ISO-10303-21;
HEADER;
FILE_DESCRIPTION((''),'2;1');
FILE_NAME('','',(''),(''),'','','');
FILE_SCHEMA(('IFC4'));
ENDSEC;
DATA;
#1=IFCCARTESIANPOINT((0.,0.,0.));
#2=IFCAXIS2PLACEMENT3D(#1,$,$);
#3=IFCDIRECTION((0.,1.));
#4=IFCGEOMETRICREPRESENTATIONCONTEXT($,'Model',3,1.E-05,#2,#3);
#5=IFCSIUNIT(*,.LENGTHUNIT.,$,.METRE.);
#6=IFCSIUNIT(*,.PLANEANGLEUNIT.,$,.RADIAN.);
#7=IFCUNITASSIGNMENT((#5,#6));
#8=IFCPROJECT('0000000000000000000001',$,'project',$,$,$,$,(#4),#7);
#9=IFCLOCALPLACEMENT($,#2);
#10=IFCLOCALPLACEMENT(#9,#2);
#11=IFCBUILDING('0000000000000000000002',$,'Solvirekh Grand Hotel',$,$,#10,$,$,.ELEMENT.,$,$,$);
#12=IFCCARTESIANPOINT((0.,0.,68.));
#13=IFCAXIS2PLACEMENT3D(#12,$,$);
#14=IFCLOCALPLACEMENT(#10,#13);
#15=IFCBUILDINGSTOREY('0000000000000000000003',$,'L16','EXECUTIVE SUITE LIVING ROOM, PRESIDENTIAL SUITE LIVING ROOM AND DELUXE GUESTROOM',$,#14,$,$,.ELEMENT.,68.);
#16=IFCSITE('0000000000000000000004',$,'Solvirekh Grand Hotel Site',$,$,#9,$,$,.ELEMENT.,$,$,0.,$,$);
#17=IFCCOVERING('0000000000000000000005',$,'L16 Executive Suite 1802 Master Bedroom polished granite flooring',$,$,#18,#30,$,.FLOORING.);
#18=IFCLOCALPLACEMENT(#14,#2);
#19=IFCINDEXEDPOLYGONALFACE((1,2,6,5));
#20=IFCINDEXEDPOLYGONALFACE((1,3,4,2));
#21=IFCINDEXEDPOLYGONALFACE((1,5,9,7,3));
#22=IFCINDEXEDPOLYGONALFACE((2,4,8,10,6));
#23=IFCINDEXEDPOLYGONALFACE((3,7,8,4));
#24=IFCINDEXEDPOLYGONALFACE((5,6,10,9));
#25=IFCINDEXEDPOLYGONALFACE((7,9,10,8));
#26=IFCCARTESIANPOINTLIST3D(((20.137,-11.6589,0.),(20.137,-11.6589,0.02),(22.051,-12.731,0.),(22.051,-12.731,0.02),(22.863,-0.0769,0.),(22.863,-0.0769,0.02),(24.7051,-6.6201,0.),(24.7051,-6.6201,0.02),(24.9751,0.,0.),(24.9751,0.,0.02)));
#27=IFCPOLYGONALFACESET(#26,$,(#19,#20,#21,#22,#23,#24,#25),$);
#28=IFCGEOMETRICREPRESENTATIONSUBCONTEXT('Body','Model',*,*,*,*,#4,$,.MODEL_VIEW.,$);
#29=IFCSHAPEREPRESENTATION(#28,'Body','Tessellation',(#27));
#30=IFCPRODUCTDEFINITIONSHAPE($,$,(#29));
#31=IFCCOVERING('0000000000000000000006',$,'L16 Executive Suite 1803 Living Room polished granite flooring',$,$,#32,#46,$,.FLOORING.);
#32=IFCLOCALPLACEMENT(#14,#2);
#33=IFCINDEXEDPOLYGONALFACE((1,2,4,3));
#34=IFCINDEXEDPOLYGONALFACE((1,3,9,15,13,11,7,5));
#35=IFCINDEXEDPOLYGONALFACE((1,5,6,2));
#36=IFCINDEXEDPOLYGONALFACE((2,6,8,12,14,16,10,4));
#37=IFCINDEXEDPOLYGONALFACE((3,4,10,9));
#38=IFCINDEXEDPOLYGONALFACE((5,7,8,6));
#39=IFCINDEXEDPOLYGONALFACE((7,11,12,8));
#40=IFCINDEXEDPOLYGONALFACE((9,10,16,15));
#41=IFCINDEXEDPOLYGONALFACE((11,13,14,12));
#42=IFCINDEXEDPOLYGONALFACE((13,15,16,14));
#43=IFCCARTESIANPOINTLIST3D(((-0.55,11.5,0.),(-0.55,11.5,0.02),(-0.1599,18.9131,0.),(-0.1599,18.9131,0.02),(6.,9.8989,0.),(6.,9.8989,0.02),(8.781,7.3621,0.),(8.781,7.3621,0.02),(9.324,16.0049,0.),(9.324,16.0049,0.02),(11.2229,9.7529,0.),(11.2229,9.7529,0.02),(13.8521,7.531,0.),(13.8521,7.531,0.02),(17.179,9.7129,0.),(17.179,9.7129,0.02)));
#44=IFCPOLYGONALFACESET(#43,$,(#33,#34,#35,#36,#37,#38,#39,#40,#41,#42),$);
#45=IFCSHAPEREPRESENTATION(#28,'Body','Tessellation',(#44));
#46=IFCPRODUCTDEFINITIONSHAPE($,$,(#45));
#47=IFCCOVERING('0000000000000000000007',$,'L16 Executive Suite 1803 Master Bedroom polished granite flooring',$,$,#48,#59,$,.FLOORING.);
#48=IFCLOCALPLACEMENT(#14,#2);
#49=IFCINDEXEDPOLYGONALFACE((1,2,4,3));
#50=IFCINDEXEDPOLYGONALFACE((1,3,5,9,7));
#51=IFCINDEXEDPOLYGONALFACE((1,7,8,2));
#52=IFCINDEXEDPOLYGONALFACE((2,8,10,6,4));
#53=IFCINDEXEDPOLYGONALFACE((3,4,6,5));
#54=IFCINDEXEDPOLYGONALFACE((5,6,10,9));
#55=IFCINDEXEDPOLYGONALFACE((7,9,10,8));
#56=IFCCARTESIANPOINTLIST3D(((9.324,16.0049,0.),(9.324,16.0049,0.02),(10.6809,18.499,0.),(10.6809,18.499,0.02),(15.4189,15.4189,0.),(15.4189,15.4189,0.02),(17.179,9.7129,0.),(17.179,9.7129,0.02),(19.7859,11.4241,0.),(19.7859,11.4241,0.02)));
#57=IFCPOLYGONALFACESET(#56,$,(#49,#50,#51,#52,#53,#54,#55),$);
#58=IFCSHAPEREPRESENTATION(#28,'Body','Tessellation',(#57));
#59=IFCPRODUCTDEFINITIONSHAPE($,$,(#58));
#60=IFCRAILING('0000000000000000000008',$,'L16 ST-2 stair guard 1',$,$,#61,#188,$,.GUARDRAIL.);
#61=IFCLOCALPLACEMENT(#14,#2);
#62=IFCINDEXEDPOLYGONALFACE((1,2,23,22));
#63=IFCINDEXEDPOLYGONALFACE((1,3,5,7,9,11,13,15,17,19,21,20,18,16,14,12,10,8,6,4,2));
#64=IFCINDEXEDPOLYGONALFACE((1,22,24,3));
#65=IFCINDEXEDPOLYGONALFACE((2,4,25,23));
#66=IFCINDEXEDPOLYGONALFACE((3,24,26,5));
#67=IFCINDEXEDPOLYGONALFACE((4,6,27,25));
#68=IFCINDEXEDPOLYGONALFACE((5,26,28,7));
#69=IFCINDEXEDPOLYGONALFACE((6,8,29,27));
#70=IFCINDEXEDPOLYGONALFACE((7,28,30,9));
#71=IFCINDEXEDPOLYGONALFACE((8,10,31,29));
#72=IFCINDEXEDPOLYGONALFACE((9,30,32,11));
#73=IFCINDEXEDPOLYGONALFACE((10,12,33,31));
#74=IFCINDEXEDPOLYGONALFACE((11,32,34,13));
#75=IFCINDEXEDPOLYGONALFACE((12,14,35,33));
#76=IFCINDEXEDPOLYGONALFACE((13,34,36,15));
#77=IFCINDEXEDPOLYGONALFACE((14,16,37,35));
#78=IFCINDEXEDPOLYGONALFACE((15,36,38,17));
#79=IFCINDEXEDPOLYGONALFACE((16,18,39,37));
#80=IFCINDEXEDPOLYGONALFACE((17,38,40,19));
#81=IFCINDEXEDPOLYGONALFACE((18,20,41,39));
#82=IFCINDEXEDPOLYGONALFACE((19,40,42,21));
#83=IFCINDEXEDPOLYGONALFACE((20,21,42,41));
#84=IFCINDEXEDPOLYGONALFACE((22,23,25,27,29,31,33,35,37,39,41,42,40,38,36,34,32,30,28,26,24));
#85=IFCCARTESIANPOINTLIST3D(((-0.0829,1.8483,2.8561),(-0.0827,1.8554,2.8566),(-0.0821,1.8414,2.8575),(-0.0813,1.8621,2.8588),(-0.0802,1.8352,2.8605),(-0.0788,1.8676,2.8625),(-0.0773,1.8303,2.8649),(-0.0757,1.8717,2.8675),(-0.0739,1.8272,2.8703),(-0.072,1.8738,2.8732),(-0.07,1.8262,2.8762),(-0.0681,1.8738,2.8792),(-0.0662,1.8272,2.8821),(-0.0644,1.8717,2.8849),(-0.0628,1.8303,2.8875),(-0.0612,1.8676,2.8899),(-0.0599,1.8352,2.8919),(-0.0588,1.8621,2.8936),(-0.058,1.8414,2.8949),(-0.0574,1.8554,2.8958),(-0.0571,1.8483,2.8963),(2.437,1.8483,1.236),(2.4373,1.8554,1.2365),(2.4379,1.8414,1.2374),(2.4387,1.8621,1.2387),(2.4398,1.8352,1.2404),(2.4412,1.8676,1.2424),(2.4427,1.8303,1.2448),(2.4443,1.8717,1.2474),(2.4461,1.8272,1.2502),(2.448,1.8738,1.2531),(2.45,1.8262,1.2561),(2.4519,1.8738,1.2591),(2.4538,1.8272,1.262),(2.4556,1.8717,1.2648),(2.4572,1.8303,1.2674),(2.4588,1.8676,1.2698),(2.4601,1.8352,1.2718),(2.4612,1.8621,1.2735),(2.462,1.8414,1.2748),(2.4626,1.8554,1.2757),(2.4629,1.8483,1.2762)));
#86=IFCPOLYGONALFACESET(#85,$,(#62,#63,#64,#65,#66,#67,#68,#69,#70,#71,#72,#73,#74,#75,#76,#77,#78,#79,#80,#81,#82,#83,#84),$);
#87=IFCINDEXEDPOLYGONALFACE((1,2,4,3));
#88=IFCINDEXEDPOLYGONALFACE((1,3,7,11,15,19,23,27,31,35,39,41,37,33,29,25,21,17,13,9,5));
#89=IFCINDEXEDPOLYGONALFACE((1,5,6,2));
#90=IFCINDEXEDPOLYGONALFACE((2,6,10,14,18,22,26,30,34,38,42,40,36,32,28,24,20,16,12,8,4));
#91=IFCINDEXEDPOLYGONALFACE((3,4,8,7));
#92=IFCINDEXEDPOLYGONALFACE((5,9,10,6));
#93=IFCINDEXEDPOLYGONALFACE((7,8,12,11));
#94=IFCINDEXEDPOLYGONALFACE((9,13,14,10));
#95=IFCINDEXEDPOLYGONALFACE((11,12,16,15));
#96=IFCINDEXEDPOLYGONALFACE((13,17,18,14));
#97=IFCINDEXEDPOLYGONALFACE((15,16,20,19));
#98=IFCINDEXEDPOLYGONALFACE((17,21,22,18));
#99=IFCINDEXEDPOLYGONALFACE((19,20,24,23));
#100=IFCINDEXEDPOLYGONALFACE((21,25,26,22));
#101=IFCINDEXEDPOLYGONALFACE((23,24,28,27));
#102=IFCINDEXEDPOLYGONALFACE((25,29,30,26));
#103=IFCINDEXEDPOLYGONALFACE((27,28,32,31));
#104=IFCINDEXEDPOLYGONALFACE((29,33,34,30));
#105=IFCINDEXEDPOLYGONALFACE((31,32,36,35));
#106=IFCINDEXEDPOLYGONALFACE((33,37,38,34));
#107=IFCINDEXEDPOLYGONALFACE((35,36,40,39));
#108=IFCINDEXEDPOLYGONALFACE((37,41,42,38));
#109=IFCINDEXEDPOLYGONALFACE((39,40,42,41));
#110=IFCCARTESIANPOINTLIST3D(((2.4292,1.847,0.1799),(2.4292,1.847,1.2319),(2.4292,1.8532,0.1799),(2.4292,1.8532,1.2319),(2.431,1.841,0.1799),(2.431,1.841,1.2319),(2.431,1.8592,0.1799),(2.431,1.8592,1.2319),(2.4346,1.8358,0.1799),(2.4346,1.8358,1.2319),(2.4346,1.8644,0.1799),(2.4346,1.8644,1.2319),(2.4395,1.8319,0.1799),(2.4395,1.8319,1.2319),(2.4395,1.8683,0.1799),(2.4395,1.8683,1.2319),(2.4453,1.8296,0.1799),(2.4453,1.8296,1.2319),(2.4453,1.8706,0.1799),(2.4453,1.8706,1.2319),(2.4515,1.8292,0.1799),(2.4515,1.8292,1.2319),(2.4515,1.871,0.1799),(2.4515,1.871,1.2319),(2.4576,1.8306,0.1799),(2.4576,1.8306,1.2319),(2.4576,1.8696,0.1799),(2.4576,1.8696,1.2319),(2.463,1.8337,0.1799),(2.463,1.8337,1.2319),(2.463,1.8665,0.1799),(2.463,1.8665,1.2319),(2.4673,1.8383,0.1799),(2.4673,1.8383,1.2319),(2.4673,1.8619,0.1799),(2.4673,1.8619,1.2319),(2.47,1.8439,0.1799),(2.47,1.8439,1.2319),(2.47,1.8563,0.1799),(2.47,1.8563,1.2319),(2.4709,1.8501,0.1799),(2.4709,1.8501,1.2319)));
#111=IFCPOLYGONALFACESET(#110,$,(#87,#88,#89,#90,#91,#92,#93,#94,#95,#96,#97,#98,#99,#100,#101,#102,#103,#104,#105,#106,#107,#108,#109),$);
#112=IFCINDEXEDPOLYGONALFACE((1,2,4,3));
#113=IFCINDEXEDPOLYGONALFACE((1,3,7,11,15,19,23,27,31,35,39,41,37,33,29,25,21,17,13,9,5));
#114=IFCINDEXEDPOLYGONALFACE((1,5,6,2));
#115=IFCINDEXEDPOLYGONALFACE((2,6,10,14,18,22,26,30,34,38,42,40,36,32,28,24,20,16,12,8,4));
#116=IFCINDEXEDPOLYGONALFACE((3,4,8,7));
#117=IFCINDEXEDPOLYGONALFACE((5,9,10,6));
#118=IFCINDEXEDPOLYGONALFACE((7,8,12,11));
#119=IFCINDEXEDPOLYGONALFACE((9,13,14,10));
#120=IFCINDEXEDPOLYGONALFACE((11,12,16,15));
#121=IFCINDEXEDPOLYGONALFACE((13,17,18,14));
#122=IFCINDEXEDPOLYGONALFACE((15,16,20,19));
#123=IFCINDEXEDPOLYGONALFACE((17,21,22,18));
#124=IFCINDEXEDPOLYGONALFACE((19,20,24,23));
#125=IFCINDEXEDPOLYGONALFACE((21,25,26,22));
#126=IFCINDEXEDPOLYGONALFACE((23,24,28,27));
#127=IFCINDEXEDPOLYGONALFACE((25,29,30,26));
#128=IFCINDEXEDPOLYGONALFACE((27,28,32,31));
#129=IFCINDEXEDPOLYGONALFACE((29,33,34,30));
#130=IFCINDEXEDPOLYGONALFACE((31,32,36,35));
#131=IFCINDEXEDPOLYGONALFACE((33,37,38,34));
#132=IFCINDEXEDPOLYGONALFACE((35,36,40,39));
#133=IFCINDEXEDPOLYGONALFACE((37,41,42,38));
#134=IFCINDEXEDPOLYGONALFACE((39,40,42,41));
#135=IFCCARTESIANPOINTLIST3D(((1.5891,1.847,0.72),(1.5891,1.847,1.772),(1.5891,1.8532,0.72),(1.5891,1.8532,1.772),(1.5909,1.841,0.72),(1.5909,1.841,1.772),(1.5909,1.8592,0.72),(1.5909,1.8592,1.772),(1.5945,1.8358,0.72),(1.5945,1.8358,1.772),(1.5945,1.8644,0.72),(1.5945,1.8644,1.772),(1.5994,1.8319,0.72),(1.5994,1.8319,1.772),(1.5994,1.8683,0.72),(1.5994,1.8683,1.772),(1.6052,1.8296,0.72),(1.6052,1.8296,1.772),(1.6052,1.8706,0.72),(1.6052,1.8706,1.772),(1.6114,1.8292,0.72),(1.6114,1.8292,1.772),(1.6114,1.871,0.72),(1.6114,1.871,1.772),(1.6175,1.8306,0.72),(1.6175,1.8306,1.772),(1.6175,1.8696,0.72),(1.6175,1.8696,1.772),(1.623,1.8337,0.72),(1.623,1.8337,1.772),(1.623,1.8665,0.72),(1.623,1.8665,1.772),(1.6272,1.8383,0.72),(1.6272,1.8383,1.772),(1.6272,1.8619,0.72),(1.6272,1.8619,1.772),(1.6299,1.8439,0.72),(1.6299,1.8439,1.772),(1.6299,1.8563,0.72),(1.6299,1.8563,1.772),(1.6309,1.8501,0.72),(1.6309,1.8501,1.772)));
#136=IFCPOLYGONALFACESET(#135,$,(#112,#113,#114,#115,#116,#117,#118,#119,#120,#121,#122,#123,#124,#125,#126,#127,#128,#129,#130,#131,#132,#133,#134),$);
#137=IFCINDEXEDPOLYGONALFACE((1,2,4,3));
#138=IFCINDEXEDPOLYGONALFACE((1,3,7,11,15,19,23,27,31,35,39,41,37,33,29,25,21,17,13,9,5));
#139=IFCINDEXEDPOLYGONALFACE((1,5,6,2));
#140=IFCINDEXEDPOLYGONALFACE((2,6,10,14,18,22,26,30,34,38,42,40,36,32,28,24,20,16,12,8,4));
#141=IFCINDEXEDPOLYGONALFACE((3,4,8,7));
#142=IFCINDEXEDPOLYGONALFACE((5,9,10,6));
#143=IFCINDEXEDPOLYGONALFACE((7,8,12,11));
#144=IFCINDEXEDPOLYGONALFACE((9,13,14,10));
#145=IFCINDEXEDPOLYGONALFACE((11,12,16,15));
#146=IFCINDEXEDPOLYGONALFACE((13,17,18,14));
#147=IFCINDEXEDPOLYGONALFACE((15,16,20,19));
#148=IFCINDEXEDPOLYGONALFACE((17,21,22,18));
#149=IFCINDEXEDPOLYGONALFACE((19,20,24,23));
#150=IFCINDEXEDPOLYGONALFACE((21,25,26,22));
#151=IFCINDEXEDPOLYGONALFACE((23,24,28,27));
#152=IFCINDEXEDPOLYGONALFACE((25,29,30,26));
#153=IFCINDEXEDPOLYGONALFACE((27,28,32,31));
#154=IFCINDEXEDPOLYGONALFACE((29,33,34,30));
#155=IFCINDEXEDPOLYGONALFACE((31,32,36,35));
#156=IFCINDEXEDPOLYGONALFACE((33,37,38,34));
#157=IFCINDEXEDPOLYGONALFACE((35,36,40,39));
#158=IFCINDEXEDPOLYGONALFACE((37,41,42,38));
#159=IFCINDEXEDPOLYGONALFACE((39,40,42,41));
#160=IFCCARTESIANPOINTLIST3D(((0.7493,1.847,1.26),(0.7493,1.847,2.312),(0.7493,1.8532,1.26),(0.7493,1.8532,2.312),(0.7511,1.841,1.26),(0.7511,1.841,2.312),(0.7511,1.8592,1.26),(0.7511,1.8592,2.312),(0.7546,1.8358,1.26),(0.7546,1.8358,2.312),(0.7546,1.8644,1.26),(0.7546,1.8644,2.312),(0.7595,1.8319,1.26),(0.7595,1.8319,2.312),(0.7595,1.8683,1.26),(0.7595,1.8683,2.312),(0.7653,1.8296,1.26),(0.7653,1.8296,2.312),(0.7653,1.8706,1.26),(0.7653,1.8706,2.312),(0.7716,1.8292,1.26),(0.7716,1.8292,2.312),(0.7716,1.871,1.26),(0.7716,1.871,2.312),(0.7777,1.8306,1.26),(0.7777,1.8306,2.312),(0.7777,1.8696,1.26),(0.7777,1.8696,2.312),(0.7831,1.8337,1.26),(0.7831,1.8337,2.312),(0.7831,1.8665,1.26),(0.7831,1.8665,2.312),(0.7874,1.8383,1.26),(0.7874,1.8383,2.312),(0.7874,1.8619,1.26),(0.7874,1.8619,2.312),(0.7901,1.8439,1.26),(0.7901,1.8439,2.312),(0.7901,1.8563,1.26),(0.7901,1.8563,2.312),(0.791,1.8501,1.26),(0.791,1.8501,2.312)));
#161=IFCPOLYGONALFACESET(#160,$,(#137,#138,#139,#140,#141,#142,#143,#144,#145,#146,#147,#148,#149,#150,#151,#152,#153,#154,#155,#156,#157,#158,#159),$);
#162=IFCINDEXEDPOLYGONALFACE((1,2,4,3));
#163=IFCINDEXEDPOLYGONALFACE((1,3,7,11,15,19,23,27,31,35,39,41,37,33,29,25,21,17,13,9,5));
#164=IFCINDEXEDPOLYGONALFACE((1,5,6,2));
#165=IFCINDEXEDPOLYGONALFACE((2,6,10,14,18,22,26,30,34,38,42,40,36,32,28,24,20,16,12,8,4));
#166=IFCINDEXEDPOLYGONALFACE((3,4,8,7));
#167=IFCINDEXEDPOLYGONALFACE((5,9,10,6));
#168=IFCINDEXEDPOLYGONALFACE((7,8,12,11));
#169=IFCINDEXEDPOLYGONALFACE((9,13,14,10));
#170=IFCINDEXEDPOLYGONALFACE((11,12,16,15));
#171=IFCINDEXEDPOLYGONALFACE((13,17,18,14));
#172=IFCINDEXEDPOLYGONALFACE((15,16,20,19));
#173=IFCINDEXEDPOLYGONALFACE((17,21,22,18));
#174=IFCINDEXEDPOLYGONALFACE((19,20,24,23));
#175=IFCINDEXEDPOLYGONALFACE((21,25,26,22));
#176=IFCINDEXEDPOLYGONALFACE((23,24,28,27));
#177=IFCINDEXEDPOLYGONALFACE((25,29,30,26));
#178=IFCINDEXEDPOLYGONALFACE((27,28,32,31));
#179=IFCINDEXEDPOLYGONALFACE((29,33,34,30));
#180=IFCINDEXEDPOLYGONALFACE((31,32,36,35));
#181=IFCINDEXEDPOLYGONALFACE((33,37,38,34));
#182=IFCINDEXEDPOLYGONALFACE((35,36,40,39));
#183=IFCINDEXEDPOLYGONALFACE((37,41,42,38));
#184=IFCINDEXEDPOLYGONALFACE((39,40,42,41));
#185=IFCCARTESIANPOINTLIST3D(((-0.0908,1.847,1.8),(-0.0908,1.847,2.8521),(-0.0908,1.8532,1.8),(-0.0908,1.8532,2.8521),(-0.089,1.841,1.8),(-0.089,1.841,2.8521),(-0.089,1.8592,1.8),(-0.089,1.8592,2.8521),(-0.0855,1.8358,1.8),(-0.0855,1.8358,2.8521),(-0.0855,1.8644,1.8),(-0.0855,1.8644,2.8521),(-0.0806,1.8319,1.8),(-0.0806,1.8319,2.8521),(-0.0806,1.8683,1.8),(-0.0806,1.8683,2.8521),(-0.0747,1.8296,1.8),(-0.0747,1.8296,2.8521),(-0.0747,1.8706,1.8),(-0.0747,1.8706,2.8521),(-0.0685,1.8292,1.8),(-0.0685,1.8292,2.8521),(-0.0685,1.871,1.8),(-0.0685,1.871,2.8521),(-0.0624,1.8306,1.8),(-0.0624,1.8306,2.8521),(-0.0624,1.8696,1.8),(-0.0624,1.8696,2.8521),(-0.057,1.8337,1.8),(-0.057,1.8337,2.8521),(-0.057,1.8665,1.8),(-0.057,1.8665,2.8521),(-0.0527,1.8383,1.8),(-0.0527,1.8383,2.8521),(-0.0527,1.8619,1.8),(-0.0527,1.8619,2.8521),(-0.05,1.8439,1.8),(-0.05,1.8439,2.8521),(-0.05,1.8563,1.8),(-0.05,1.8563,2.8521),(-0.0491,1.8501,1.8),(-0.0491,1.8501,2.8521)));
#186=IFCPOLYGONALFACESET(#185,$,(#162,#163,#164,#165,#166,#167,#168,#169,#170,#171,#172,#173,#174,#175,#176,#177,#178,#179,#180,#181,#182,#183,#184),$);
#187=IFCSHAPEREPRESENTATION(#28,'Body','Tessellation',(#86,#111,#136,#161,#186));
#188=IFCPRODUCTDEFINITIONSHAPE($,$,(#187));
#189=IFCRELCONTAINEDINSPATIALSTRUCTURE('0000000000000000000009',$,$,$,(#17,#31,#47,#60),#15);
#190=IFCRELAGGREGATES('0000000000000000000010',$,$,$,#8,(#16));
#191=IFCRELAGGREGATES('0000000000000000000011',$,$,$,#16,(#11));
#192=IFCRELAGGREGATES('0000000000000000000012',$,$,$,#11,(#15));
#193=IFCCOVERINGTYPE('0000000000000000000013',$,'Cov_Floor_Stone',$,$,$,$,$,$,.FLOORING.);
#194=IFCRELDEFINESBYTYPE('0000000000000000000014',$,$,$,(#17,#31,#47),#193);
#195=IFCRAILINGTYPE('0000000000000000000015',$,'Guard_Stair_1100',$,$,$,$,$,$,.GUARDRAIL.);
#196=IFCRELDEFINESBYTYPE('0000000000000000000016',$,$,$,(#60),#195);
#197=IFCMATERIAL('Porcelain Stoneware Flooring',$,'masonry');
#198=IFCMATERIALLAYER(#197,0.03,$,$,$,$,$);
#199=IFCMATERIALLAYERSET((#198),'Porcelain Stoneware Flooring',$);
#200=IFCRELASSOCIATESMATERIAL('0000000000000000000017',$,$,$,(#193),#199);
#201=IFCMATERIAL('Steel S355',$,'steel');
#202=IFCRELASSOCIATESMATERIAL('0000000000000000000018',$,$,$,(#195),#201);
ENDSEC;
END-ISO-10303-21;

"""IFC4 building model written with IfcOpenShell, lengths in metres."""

from ifc_helpers import new_model, si_unit, direction, frame, origin, origin_2d, place, context, subcontext, project, spatial, polyline, circle, outline, extrude, material, layer, layer_set, type_object, element, save


model = new_model("IFC4")

# Units and contexts
model_context = context("Model", 3, precision=1e-05, world=origin(), true_north=direction((0.0, 1.0)))
body_context = subcontext(model_context, "Body", "Model", "MODEL_VIEW")
ifc_project = project(units=[si_unit("LENGTHUNIT", "METRE"), si_unit("PLANEANGLEUNIT", "RADIAN")], contexts=[model_context])

# Site, building, storey
site_placement = place(None, origin())
site = spatial("IfcSite", under=ifc_project, at=site_placement, Name="Solvirekh Grand Hotel Site", CompositionType="ELEMENT", RefElevation=0.0)
building_placement = place(site_placement, origin())
building = spatial("IfcBuilding", under=site, at=building_placement, Name="Solvirekh Grand Hotel", CompositionType="ELEMENT")
storey_placement = place(building_placement, frame((0.0, 0.0, 68.0)))
storey = spatial("IfcBuildingStorey", under=building, at=storey_placement, Name="L16", Description="EXECUTIVE SUITE LIVING ROOM, PRESIDENTIAL SUITE LIVING ROOM AND DELUXE GUESTROOM", CompositionType="ELEMENT", Elevation=68.0)

# Shared definitions
ifc_material_1 = material(Name="Steel S355", Category="steel")

# Coverings
ifc_material_2 = material(Name="Porcelain Stoneware Flooring", Category="masonry")
ifc_layer_1 = layer(ifc_material_2, 0.03)
ifc_layer_set_1 = layer_set([ifc_layer_1], Name="Porcelain Stoneware Flooring")
covering_type_1 = type_object("IfcCoveringType", Name="Cov_Floor_Stone", PredefinedType="FLOORING", material=ifc_layer_set_1)
covering_1_placement = place(storey_placement, origin())
element("IfcCovering", 1, at=covering_1_placement, inside=storey, type_object=covering_type_1, Name="L16 Executive Suite 1802 Master Bedroom polished granite flooring", PredefinedType="FLOORING", context=body_context, shape_type="SweptSolid", body=[
    extrude(outline(polyline([(22.051, -12.731), (24.7051, -6.6201), (24.9751, 0.0), (22.863, -0.0769), (20.137, -11.6589), (22.051, -12.731)])), origin(), (0.0, 0.0, 1.0), 0.02),
])
covering_2_placement = place(storey_placement, origin())
element("IfcCovering", 2, at=covering_2_placement, inside=storey, type_object=covering_type_1, Name="L16 Executive Suite 1803 Living Room polished granite flooring", PredefinedType="FLOORING", context=body_context, shape_type="SweptSolid", body=[
    extrude(outline(polyline([(11.2229, 9.7529), (13.8521, 7.531), (17.179, 9.7129), (9.324, 16.0049), (-0.1599, 18.9131), (-0.55, 11.5), (6.0, 9.8989), (8.781, 7.3621), (11.2229, 9.7529)])), origin(), (0.0, 0.0, 1.0), 0.02),
])
covering_3_placement = place(storey_placement, origin())
element("IfcCovering", 3, at=covering_3_placement, inside=storey, type_object=covering_type_1, Name="L16 Executive Suite 1803 Master Bedroom polished granite flooring", PredefinedType="FLOORING", context=body_context, shape_type="SweptSolid", body=[
    extrude(outline(polyline([(19.7859, 11.4241), (15.4189, 15.4189), (10.6809, 18.499), (9.324, 16.0049), (17.179, 9.7129), (19.7859, 11.4241)])), origin(), (0.0, 0.0, 1.0), 0.02),
])

# Railing
railing_type_1 = type_object("IfcRailingType", Name="Guard_Stair_1100", PredefinedType="GUARDRAIL", material=ifc_material_1)
railing_1_placement = place(storey_placement, frame((2.45, 1.8501, 0.1799)))
element("IfcRailing", 4, at=railing_1_placement, inside=storey, type_object=railing_type_1, Name="L16 ST-2 stair guard 1", PredefinedType="GUARDRAIL", context=body_context, shape_type="SweptSolid", body=[
    extrude(circle(Radius=0.0239, at=origin_2d()), frame((0.0, 0.0, 1.0762), z_axis=(-0.841163, 0.0, 0.540782), x_axis=(0.0, -1.0, 0.0)), (0.0, 0.0, 1.0), 2.9958),
    extrude(circle(Radius=0.021, at=origin_2d()), origin(), (0.0, 0.0, 1.0), 1.052),
    extrude(circle(Radius=0.021, at=origin_2d()), frame((-0.8401, 0.0, 0.54)), (0.0, 0.0, 1.0), 1.052),
    extrude(circle(Radius=0.021, at=origin_2d()), frame((-1.6799, 0.0, 1.0801)), (0.0, 0.0, 1.0), 1.052),
    extrude(circle(Radius=0.021, at=origin_2d()), frame((-2.52, 0.0, 1.6201)), (0.0, 0.0, 1.0), 1.052),
])

save(model, "model.ifc")
